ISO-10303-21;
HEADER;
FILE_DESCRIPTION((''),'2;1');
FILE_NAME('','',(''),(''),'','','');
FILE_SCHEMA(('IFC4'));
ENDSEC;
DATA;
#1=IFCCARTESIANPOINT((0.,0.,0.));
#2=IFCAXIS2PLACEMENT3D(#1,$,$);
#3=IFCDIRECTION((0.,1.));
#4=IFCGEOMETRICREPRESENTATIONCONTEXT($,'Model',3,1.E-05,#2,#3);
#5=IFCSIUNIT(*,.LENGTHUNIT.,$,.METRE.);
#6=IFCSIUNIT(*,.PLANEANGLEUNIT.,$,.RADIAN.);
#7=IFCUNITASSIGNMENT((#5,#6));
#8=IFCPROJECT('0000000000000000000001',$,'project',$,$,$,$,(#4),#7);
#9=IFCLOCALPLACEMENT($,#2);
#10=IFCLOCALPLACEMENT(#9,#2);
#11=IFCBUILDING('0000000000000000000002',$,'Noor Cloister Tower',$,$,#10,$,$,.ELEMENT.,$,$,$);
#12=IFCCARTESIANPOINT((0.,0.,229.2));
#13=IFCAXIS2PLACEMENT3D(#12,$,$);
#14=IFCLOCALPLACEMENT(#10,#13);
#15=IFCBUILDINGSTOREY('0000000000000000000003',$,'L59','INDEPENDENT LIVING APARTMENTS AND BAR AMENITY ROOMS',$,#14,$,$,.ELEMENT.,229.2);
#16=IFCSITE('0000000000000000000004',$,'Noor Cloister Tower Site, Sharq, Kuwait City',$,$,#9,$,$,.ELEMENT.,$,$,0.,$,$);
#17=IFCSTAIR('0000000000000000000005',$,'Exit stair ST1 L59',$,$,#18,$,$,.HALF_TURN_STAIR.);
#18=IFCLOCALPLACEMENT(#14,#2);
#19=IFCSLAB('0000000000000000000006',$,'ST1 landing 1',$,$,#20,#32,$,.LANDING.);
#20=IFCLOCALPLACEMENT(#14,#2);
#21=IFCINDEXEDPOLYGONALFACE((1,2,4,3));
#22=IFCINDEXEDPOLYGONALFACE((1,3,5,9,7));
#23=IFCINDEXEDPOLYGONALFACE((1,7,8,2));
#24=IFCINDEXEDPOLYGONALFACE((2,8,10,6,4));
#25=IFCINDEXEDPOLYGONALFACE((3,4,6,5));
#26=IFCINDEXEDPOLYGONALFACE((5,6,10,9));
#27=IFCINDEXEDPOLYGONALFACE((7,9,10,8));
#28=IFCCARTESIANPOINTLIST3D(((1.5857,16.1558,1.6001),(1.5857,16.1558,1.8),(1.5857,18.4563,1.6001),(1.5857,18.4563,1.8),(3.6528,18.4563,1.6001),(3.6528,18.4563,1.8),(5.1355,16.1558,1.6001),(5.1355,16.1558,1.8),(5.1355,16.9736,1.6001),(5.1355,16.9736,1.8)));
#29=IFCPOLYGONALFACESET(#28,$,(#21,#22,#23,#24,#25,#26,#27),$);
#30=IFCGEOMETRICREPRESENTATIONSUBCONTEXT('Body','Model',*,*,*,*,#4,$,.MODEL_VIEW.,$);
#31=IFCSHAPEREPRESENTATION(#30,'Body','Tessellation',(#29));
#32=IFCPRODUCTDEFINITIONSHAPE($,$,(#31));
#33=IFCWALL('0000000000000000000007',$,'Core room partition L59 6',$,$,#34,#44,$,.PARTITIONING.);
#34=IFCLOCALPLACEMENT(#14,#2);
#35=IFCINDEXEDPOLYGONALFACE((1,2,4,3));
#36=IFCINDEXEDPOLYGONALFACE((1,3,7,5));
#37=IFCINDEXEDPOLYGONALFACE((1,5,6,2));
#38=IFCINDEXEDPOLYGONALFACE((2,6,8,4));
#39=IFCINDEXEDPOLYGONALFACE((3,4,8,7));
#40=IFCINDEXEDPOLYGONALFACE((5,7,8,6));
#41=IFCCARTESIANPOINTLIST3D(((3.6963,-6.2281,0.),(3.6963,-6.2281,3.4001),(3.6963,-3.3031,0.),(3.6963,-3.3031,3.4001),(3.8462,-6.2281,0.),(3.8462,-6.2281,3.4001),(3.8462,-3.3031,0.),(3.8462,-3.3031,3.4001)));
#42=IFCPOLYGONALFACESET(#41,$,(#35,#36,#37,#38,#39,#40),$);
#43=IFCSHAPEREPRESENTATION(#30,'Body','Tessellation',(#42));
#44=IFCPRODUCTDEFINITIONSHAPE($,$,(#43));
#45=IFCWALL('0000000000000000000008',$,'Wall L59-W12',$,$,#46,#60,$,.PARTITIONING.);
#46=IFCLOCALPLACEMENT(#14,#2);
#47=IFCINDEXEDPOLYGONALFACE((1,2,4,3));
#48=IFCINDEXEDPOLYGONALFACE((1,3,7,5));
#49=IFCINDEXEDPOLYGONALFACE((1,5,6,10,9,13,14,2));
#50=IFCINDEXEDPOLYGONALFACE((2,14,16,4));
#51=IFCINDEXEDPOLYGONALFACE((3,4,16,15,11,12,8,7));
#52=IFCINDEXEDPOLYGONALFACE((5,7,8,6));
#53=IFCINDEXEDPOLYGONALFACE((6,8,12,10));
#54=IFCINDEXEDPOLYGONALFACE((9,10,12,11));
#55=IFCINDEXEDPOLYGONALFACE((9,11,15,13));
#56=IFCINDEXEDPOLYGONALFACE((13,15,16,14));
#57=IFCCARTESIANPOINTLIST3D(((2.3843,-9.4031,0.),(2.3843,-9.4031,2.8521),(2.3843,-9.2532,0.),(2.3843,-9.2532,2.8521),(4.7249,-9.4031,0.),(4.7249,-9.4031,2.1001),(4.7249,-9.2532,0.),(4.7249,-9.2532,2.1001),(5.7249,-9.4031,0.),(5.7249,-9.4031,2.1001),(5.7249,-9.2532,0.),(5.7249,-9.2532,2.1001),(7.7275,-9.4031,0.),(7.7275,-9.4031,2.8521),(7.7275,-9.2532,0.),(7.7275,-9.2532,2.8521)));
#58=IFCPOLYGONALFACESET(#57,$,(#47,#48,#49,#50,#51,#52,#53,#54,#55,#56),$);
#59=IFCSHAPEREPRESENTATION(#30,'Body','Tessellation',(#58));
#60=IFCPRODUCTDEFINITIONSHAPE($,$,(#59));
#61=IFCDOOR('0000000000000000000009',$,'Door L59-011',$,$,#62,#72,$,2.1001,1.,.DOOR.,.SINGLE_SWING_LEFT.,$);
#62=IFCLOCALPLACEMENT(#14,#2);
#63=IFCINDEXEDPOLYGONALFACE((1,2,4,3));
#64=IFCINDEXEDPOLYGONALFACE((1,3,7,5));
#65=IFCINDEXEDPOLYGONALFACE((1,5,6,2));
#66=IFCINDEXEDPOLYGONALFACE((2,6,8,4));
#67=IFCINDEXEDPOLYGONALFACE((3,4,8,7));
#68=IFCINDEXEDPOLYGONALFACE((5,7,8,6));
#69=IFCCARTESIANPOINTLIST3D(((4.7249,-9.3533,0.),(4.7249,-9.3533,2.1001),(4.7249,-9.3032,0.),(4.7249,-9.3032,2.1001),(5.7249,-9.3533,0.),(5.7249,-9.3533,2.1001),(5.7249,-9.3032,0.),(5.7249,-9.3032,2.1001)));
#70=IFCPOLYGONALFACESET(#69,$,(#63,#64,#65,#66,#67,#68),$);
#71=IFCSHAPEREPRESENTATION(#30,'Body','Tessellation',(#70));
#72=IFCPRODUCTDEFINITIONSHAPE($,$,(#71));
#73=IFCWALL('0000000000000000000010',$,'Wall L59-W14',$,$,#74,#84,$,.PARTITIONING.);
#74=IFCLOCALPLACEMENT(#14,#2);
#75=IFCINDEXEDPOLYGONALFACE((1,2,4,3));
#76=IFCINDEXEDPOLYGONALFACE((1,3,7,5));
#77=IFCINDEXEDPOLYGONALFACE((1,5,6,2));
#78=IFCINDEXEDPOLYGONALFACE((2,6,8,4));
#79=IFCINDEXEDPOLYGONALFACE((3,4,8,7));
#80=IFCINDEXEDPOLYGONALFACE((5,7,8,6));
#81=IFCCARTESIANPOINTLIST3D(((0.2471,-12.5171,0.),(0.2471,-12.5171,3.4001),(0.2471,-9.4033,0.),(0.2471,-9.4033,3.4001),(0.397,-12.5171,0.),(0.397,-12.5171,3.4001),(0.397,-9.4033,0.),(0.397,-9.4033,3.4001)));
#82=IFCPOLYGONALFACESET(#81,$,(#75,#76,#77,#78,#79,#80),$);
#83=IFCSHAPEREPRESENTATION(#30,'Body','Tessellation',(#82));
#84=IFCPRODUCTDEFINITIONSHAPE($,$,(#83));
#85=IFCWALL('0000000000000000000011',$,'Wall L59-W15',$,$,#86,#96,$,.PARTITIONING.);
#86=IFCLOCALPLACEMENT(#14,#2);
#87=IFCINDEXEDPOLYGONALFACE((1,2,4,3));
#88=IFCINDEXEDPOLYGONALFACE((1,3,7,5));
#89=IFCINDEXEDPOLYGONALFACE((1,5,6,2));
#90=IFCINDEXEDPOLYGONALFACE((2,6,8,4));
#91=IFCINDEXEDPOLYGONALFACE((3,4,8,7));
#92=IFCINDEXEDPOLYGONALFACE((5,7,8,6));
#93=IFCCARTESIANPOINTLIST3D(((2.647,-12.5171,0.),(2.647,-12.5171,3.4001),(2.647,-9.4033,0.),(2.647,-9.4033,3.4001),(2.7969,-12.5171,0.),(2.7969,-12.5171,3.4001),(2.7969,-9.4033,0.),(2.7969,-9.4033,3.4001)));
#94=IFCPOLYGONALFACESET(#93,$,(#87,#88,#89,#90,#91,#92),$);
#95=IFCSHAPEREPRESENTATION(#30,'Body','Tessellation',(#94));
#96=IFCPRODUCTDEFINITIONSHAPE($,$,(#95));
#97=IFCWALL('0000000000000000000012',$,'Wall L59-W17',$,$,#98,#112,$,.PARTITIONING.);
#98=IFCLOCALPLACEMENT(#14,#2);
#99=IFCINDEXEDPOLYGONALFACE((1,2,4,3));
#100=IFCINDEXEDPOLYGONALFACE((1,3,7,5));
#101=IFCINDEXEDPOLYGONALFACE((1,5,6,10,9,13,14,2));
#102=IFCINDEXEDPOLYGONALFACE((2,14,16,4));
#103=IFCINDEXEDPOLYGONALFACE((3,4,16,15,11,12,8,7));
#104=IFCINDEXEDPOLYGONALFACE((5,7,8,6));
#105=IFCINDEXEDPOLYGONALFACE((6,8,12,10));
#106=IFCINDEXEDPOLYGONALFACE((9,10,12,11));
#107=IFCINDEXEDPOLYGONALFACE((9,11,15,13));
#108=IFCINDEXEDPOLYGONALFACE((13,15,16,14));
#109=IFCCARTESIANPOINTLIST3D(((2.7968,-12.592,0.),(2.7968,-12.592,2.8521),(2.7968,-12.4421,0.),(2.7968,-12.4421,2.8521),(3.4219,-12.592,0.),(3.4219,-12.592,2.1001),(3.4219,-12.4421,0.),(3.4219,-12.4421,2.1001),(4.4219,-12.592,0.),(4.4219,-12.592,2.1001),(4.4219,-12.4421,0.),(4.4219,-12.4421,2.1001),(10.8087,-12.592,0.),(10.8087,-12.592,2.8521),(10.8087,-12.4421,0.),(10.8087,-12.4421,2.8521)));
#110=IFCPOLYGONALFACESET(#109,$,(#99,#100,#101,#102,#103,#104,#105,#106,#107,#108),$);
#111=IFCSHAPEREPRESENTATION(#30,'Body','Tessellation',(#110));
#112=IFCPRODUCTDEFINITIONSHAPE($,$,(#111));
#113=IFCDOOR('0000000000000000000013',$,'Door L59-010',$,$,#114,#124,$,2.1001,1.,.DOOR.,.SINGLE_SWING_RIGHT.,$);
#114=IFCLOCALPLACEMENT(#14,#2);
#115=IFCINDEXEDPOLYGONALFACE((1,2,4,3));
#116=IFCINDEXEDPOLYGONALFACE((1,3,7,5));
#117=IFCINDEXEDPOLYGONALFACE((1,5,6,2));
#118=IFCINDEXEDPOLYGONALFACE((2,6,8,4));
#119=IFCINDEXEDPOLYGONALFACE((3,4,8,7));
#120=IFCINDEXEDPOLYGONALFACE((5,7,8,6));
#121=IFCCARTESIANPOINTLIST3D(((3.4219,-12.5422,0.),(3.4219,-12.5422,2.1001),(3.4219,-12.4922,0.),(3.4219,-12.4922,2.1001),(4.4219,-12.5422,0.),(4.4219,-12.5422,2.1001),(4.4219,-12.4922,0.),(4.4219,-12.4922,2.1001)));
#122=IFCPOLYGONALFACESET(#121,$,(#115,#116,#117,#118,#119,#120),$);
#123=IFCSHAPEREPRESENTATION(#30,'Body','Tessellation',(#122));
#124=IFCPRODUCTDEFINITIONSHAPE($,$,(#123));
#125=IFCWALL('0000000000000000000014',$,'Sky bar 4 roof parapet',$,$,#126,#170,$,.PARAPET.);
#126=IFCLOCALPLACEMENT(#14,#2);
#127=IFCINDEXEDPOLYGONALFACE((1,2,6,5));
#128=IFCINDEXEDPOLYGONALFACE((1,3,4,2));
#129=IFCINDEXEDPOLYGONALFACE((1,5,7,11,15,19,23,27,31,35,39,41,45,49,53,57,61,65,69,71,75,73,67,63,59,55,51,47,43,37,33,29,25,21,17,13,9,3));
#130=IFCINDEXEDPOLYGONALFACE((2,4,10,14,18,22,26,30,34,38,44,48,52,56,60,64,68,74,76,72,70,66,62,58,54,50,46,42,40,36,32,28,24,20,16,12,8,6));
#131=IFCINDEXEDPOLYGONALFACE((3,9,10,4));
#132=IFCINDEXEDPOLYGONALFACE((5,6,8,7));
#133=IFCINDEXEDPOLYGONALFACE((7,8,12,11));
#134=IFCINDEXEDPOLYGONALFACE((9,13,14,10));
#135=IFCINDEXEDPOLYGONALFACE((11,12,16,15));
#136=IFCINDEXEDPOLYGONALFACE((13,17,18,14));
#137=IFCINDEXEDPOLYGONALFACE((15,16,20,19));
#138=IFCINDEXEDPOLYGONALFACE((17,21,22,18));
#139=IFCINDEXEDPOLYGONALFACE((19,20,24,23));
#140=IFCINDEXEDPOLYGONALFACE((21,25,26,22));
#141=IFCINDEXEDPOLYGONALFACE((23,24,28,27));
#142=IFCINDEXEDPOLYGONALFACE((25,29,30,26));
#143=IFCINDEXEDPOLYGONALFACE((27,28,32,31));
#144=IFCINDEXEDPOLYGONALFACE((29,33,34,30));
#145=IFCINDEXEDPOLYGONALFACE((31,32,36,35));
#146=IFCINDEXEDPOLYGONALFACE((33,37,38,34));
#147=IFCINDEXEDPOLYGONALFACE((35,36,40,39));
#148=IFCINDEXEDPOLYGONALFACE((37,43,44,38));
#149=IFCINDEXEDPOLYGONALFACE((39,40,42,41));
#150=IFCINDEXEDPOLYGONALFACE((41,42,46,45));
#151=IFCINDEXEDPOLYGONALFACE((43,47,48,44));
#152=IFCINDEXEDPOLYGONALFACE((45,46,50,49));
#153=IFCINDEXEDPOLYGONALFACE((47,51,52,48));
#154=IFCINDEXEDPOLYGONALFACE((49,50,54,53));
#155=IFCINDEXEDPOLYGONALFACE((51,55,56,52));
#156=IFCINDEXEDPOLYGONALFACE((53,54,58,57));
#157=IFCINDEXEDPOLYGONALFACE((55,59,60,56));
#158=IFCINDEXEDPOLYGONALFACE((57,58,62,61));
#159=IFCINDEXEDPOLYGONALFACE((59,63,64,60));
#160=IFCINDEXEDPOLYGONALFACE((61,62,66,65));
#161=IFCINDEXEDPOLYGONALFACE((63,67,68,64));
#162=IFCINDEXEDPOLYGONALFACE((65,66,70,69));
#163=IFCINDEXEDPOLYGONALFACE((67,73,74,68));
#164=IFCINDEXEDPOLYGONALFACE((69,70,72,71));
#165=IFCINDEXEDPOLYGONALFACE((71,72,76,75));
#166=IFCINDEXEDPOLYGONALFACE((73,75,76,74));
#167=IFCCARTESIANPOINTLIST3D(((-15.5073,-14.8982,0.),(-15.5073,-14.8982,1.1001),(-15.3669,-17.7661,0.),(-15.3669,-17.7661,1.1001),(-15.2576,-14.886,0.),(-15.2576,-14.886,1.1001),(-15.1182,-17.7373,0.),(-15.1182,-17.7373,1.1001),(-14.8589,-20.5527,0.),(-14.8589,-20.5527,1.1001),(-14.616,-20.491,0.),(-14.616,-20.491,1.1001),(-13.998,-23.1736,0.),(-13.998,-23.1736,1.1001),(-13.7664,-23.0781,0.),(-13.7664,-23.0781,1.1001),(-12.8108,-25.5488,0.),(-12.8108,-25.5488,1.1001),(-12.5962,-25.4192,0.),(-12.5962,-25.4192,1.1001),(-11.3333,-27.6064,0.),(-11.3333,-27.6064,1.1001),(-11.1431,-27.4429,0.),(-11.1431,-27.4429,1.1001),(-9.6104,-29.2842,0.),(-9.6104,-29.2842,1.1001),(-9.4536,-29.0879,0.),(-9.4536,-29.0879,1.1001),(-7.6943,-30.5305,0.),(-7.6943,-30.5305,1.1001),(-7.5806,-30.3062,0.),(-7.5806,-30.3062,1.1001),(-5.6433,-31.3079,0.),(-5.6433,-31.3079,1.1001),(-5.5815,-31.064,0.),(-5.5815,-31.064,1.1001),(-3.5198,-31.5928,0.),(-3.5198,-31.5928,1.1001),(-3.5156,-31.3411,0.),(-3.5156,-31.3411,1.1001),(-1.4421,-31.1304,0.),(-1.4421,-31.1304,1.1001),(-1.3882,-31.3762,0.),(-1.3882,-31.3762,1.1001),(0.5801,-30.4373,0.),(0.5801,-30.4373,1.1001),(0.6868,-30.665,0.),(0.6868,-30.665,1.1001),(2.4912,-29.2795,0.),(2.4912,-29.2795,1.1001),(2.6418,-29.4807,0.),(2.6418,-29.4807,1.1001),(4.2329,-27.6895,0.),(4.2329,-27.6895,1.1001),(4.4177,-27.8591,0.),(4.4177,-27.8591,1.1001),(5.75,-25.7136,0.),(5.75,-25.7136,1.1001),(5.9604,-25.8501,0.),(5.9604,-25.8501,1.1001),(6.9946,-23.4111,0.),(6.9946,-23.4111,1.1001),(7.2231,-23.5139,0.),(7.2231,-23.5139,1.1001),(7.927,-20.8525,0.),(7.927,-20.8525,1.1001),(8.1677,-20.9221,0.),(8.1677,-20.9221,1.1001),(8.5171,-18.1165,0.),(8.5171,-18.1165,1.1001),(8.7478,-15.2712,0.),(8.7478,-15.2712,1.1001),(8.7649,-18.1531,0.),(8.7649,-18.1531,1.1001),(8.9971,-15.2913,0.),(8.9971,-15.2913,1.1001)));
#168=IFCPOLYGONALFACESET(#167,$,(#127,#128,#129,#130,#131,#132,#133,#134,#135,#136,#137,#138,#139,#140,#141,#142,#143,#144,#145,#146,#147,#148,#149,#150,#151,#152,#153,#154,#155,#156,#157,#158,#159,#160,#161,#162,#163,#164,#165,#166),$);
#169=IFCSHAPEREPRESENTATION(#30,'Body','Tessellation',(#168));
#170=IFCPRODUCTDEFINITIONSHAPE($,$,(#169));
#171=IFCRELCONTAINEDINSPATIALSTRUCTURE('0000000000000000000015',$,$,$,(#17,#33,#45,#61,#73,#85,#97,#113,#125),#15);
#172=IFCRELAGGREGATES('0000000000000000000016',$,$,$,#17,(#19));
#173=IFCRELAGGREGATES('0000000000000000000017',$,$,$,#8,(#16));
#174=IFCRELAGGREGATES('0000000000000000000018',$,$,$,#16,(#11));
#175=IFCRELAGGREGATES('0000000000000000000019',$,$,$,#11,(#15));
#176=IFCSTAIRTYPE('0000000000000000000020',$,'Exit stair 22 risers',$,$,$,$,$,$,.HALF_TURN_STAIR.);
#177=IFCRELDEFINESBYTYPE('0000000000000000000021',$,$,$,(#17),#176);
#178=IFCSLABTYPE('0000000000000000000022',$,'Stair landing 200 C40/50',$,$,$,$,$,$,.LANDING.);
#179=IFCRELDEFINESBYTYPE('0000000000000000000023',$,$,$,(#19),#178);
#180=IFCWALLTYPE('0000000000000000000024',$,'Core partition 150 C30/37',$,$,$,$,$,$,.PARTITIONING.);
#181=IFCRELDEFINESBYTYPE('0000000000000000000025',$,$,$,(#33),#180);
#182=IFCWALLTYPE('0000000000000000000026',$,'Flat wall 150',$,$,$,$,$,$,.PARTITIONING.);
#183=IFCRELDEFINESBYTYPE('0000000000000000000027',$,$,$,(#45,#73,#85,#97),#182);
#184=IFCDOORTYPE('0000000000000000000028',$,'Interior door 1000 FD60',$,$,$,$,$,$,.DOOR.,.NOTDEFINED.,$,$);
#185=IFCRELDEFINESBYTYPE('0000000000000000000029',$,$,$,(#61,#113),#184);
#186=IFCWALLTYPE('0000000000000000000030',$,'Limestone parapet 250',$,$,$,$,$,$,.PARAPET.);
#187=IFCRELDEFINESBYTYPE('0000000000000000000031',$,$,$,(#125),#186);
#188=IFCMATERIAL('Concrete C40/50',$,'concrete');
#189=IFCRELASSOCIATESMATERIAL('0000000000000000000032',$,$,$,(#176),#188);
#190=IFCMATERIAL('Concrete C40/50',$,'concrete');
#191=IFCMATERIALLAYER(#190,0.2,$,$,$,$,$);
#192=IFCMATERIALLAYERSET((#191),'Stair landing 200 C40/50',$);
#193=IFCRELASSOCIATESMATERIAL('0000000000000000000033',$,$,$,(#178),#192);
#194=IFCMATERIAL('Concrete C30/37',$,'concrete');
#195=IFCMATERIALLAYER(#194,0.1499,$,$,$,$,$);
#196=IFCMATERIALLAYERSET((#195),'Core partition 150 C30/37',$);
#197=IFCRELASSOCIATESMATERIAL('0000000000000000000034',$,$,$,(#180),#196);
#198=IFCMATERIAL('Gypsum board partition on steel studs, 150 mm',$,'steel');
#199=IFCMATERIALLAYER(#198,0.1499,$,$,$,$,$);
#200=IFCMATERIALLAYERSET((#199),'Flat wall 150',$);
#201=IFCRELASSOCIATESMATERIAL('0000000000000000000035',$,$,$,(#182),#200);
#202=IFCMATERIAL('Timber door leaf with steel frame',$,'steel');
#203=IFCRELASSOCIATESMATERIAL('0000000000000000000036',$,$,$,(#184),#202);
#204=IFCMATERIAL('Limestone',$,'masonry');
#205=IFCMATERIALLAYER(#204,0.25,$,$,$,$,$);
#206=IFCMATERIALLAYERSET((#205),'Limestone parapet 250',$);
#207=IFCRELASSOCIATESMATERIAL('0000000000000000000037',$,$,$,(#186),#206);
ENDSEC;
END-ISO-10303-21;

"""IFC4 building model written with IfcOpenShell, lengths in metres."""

from ifc_helpers import new_model, si_unit, direction, frame, frame_2d, origin, place, context, subcontext, project, spatial, polyline, rectangle, outline, extrude, material, layer, layer_set, type_object, element, fill, aggregate, save


model = new_model("IFC4")

# Units and contexts
model_context = context("Model", 3, precision=1e-05, world=origin(), true_north=direction((0.0, 1.0)))
body_context = subcontext(model_context, "Body", "Model", "MODEL_VIEW")
ifc_project = project(units=[si_unit("LENGTHUNIT", "METRE"), si_unit("PLANEANGLEUNIT", "RADIAN")], contexts=[model_context])

# Site, building, storey
site_placement = place(None, origin())
site = spatial("IfcSite", under=ifc_project, at=site_placement, Name="Noor Cloister Tower Site, Sharq, Kuwait City", CompositionType="ELEMENT", RefElevation=0.0)
building_placement = place(site_placement, origin())
building = spatial("IfcBuilding", under=site, at=building_placement, Name="Noor Cloister Tower", CompositionType="ELEMENT")
storey_placement = place(building_placement, frame((0.0, 0.0, 229.2)))
storey = spatial("IfcBuildingStorey", under=building, at=storey_placement, Name="L59", Description="INDEPENDENT LIVING APARTMENTS AND BAR AMENITY ROOMS", CompositionType="ELEMENT", Elevation=229.2)

# Stair, slab
ifc_material_1 = material(Name="Concrete C40/50", Category="concrete")
stair_type = type_object("IfcStairType", Name="Exit stair 22 risers", PredefinedType="HALF_TURN_STAIR", material=ifc_material_1)
stair_placement = place(storey_placement, origin())
stair = element("IfcStair", 1, at=stair_placement, inside=storey, type_object=stair_type, Name="Exit stair ST1 L59", PredefinedType="HALF_TURN_STAIR")
ifc_material_2 = material(Name="Concrete C40/50", Category="concrete")
ifc_layer_1 = layer(ifc_material_2, 0.2)
ifc_layer_set_1 = layer_set([ifc_layer_1], Name="Stair landing 200 C40/50")
slab_type_1 = type_object("IfcSlabType", Name="Stair landing 200 C40/50", PredefinedType="LANDING", material=ifc_layer_set_1)
slab_1_placement = place(storey_placement, frame((0.0, 0.0, 1.6001)))
slab_1 = element("IfcSlab", 2, at=slab_1_placement, type_object=slab_type_1, Name="ST1 landing 1", PredefinedType="LANDING", context=body_context, shape_type="SweptSolid", body=[
    extrude(outline(polyline([(5.1355, 16.1558), (5.1355, 16.9736), (3.6528, 18.4563), (1.5857, 18.4563), (1.5857, 16.1558), (5.1355, 16.1558)])), origin(), (0.0, 0.0, 1.0), 0.2),
])
aggregate(stair, [slab_1])

# Wall
ifc_material_3 = material(Name="Concrete C30/37", Category="concrete")
ifc_layer_2 = layer(ifc_material_3, 0.1499)
ifc_layer_set_2 = layer_set([ifc_layer_2], Name="Core partition 150 C30/37")
wall_type_1 = type_object("IfcWallType", Name="Core partition 150 C30/37", PredefinedType="PARTITIONING", material=ifc_layer_set_2)
wall_1_placement = place(storey_placement, frame((3.7712, -3.3032, 0.0), z_axis=(0.0, 0.0, 1.0), x_axis=(0.0, -1.0, 0.0)))
element("IfcWall", 3, at=wall_1_placement, inside=storey, type_object=wall_type_1, Name="Core room partition L59 6", PredefinedType="PARTITIONING", context=body_context, shape_type="SweptSolid", body=[
    extrude(rectangle(XDim=2.925, YDim=0.1499, at=frame_2d((1.4624, 0.0))), origin(), (0.0, 0.0, 1.0), 3.4001),
])

# Wall, opening, door
ifc_material_4 = material(Name="Gypsum board partition on steel studs, 150 mm", Category="steel")
ifc_layer_3 = layer(ifc_material_4, 0.1499)
ifc_layer_set_3 = layer_set([ifc_layer_3], Name="Flat wall 150")
wall_type_2 = type_object("IfcWallType", Name="Flat wall 150", PredefinedType="PARTITIONING", material=ifc_layer_set_3)
wall_2_placement = place(storey_placement, frame((2.3843, -9.3281, 0.0), z_axis=(0.0, 0.0, 1.0), x_axis=(1.0, 0.0, 0.0)))
wall_2 = element("IfcWall", 4, at=wall_2_placement, inside=storey, type_object=wall_type_2, Name="Wall L59-W12", PredefinedType="PARTITIONING", context=body_context, shape_type="SweptSolid", body=[
    extrude(rectangle(XDim=5.3433, YDim=0.1499, at=frame_2d((2.6716, 0.0))), origin(), (0.0, 0.0, 1.0), 2.8521),
])
opening_1_placement = place(wall_2_placement, frame((2.3406, 0.0, 0.0)))
opening_1 = element("IfcOpeningElement", 5, at=opening_1_placement, cuts=wall_2, PredefinedType="OPENING", context=body_context, shape_type="SweptSolid", body=[
    extrude(rectangle(XDim=1.0, YDim=2.1001, at=frame_2d((0.5, 1.05))), frame((0.0, 0.085, 0.0), z_axis=(0.0, -1.0, 0.0), x_axis=(1.0, 0.0, 0.0)), (0.0, 0.0, 1.0), 0.1699),
])
ifc_material_5 = material(Name="Timber door leaf with steel frame", Category="steel")
door_type_1 = type_object("IfcDoorType", Name="Interior door 1000 FD60", OperationType="NOTDEFINED", PredefinedType="DOOR", material=ifc_material_5)
door_1_placement = place(opening_1_placement, origin())
door_1 = element("IfcDoor", 6, at=door_1_placement, inside=storey, type_object=door_type_1, Name="Door L59-011", OperationType="SINGLE_SWING_LEFT", OverallHeight=2.1001, OverallWidth=1.0, PredefinedType="DOOR", context=body_context, shape_type="SweptSolid", body=[
    extrude(rectangle(XDim=1.0, YDim=2.1001, at=frame_2d((0.5, 1.05))), frame((0.0, 0.0249, 0.0), z_axis=(0.0, -1.0, 0.0), x_axis=(1.0, 0.0, 0.0)), (0.0, 0.0, 1.0), 0.05),
])
fill(opening_1, door_1)

# Walls
for number, where, z_axis, x_axis, name in (
    (7, (0.322, -9.4033, 0.0), (0.0, 0.0, 1.0), (0.0, -1.0, 0.0), "Wall L59-W14"),
    (8, (2.7219, -9.4033, 0.0), (0.0, 0.0, 1.0), (0.0, -1.0, 0.0), "Wall L59-W15"),
):
    element("IfcWall", number, at=place(storey_placement, frame(where, z_axis=z_axis, x_axis=x_axis)), inside=storey, type_object=wall_type_2, Name=name, PredefinedType="PARTITIONING", context=body_context, shape_type="SweptSolid", body=[
        extrude(rectangle(XDim=3.1138, YDim=0.1499, at=frame_2d((1.5569, 0.0))), origin(), (0.0, 0.0, 1.0), 3.4001),
    ])

# Wall, opening, door
wall_3_placement = place(storey_placement, frame((2.7969, -12.5171, 0.0), z_axis=(0.0, 0.0, 1.0), x_axis=(1.0, 0.0, 0.0)))
wall_3 = element("IfcWall", 9, at=wall_3_placement, inside=storey, type_object=wall_type_2, Name="Wall L59-W17", PredefinedType="PARTITIONING", context=body_context, shape_type="SweptSolid", body=[
    extrude(rectangle(XDim=8.012, YDim=0.1499, at=frame_2d((4.0059, 0.0))), origin(), (0.0, 0.0, 1.0), 2.8521),
])
opening_2_placement = place(wall_3_placement, frame((0.625, 0.0, 0.0)))
opening_2 = element("IfcOpeningElement", 10, at=opening_2_placement, cuts=wall_3, PredefinedType="OPENING", context=body_context, shape_type="SweptSolid", body=[
    extrude(rectangle(XDim=1.0, YDim=2.1001, at=frame_2d((0.5, 1.05))), frame((0.0, 0.085, 0.0), z_axis=(0.0, -1.0, 0.0), x_axis=(1.0, 0.0, 0.0)), (0.0, 0.0, 1.0), 0.1699),
])
door_2_placement = place(opening_2_placement, origin())
door_2 = element("IfcDoor", 11, at=door_2_placement, inside=storey, type_object=door_type_1, Name="Door L59-010", OperationType="SINGLE_SWING_RIGHT", OverallHeight=2.1001, OverallWidth=1.0, PredefinedType="DOOR", context=body_context, shape_type="SweptSolid", body=[
    extrude(rectangle(XDim=1.0, YDim=2.1001, at=frame_2d((0.5, 1.05))), frame((0.0, 0.0249, 0.0), z_axis=(0.0, -1.0, 0.0), x_axis=(1.0, 0.0, 0.0)), (0.0, 0.0, 1.0), 0.05),
])
fill(opening_2, door_2)

# Wall
ifc_material_6 = material(Name="Limestone", Category="masonry")
ifc_layer_4 = layer(ifc_material_6, 0.25)
ifc_layer_set_4 = layer_set([ifc_layer_4], Name="Limestone parapet 250")
wall_type_3 = type_object("IfcWallType", Name="Limestone parapet 250", PredefinedType="PARAPET", material=ifc_layer_set_4)
wall_4_placement = place(storey_placement, origin())
element("IfcWall", 12, at=wall_4_placement, inside=storey, type_object=wall_type_3, Name="Sky bar 4 roof parapet", PredefinedType="PARAPET", context=body_context, shape_type="SweptSolid", body=[
    extrude(outline(polyline([(-15.5073, -14.8982), (-15.3669, -17.7661), (-14.8589, -20.5527), (-13.998, -23.1736), (-12.8108, -25.5488), (-11.3333, -27.6064), (-9.6104, -29.2842), (-7.6943, -30.5305), (-5.6433, -31.3079), (-3.5198, -31.5928), (-1.3882, -31.3762), (0.6868, -30.665), (2.6418, -29.4807), (4.4177, -27.8591), (5.9604, -25.8501), (7.2231, -23.5139), (8.1677, -20.9221), (8.7649, -18.1531), (8.9971, -15.2913), (8.7478, -15.2712), (8.5171, -18.1165), (7.927, -20.8525), (6.9946, -23.4111), (5.75, -25.7136), (4.2329, -27.6895), (2.4912, -29.2795), (0.5801, -30.4373), (-1.4421, -31.1304), (-3.5156, -31.3411), (-5.5815, -31.064), (-7.5806, -30.3062), (-9.4536, -29.0879), (-11.1431, -27.4429), (-12.5962, -25.4192), (-13.7664, -23.0781), (-14.616, -20.491), (-15.1182, -17.7373), (-15.2576, -14.886), (-15.5073, -14.8982)])), origin(), (0.0, 0.0, 1.0), 1.1001),
])

save(model, "model.ifc")
